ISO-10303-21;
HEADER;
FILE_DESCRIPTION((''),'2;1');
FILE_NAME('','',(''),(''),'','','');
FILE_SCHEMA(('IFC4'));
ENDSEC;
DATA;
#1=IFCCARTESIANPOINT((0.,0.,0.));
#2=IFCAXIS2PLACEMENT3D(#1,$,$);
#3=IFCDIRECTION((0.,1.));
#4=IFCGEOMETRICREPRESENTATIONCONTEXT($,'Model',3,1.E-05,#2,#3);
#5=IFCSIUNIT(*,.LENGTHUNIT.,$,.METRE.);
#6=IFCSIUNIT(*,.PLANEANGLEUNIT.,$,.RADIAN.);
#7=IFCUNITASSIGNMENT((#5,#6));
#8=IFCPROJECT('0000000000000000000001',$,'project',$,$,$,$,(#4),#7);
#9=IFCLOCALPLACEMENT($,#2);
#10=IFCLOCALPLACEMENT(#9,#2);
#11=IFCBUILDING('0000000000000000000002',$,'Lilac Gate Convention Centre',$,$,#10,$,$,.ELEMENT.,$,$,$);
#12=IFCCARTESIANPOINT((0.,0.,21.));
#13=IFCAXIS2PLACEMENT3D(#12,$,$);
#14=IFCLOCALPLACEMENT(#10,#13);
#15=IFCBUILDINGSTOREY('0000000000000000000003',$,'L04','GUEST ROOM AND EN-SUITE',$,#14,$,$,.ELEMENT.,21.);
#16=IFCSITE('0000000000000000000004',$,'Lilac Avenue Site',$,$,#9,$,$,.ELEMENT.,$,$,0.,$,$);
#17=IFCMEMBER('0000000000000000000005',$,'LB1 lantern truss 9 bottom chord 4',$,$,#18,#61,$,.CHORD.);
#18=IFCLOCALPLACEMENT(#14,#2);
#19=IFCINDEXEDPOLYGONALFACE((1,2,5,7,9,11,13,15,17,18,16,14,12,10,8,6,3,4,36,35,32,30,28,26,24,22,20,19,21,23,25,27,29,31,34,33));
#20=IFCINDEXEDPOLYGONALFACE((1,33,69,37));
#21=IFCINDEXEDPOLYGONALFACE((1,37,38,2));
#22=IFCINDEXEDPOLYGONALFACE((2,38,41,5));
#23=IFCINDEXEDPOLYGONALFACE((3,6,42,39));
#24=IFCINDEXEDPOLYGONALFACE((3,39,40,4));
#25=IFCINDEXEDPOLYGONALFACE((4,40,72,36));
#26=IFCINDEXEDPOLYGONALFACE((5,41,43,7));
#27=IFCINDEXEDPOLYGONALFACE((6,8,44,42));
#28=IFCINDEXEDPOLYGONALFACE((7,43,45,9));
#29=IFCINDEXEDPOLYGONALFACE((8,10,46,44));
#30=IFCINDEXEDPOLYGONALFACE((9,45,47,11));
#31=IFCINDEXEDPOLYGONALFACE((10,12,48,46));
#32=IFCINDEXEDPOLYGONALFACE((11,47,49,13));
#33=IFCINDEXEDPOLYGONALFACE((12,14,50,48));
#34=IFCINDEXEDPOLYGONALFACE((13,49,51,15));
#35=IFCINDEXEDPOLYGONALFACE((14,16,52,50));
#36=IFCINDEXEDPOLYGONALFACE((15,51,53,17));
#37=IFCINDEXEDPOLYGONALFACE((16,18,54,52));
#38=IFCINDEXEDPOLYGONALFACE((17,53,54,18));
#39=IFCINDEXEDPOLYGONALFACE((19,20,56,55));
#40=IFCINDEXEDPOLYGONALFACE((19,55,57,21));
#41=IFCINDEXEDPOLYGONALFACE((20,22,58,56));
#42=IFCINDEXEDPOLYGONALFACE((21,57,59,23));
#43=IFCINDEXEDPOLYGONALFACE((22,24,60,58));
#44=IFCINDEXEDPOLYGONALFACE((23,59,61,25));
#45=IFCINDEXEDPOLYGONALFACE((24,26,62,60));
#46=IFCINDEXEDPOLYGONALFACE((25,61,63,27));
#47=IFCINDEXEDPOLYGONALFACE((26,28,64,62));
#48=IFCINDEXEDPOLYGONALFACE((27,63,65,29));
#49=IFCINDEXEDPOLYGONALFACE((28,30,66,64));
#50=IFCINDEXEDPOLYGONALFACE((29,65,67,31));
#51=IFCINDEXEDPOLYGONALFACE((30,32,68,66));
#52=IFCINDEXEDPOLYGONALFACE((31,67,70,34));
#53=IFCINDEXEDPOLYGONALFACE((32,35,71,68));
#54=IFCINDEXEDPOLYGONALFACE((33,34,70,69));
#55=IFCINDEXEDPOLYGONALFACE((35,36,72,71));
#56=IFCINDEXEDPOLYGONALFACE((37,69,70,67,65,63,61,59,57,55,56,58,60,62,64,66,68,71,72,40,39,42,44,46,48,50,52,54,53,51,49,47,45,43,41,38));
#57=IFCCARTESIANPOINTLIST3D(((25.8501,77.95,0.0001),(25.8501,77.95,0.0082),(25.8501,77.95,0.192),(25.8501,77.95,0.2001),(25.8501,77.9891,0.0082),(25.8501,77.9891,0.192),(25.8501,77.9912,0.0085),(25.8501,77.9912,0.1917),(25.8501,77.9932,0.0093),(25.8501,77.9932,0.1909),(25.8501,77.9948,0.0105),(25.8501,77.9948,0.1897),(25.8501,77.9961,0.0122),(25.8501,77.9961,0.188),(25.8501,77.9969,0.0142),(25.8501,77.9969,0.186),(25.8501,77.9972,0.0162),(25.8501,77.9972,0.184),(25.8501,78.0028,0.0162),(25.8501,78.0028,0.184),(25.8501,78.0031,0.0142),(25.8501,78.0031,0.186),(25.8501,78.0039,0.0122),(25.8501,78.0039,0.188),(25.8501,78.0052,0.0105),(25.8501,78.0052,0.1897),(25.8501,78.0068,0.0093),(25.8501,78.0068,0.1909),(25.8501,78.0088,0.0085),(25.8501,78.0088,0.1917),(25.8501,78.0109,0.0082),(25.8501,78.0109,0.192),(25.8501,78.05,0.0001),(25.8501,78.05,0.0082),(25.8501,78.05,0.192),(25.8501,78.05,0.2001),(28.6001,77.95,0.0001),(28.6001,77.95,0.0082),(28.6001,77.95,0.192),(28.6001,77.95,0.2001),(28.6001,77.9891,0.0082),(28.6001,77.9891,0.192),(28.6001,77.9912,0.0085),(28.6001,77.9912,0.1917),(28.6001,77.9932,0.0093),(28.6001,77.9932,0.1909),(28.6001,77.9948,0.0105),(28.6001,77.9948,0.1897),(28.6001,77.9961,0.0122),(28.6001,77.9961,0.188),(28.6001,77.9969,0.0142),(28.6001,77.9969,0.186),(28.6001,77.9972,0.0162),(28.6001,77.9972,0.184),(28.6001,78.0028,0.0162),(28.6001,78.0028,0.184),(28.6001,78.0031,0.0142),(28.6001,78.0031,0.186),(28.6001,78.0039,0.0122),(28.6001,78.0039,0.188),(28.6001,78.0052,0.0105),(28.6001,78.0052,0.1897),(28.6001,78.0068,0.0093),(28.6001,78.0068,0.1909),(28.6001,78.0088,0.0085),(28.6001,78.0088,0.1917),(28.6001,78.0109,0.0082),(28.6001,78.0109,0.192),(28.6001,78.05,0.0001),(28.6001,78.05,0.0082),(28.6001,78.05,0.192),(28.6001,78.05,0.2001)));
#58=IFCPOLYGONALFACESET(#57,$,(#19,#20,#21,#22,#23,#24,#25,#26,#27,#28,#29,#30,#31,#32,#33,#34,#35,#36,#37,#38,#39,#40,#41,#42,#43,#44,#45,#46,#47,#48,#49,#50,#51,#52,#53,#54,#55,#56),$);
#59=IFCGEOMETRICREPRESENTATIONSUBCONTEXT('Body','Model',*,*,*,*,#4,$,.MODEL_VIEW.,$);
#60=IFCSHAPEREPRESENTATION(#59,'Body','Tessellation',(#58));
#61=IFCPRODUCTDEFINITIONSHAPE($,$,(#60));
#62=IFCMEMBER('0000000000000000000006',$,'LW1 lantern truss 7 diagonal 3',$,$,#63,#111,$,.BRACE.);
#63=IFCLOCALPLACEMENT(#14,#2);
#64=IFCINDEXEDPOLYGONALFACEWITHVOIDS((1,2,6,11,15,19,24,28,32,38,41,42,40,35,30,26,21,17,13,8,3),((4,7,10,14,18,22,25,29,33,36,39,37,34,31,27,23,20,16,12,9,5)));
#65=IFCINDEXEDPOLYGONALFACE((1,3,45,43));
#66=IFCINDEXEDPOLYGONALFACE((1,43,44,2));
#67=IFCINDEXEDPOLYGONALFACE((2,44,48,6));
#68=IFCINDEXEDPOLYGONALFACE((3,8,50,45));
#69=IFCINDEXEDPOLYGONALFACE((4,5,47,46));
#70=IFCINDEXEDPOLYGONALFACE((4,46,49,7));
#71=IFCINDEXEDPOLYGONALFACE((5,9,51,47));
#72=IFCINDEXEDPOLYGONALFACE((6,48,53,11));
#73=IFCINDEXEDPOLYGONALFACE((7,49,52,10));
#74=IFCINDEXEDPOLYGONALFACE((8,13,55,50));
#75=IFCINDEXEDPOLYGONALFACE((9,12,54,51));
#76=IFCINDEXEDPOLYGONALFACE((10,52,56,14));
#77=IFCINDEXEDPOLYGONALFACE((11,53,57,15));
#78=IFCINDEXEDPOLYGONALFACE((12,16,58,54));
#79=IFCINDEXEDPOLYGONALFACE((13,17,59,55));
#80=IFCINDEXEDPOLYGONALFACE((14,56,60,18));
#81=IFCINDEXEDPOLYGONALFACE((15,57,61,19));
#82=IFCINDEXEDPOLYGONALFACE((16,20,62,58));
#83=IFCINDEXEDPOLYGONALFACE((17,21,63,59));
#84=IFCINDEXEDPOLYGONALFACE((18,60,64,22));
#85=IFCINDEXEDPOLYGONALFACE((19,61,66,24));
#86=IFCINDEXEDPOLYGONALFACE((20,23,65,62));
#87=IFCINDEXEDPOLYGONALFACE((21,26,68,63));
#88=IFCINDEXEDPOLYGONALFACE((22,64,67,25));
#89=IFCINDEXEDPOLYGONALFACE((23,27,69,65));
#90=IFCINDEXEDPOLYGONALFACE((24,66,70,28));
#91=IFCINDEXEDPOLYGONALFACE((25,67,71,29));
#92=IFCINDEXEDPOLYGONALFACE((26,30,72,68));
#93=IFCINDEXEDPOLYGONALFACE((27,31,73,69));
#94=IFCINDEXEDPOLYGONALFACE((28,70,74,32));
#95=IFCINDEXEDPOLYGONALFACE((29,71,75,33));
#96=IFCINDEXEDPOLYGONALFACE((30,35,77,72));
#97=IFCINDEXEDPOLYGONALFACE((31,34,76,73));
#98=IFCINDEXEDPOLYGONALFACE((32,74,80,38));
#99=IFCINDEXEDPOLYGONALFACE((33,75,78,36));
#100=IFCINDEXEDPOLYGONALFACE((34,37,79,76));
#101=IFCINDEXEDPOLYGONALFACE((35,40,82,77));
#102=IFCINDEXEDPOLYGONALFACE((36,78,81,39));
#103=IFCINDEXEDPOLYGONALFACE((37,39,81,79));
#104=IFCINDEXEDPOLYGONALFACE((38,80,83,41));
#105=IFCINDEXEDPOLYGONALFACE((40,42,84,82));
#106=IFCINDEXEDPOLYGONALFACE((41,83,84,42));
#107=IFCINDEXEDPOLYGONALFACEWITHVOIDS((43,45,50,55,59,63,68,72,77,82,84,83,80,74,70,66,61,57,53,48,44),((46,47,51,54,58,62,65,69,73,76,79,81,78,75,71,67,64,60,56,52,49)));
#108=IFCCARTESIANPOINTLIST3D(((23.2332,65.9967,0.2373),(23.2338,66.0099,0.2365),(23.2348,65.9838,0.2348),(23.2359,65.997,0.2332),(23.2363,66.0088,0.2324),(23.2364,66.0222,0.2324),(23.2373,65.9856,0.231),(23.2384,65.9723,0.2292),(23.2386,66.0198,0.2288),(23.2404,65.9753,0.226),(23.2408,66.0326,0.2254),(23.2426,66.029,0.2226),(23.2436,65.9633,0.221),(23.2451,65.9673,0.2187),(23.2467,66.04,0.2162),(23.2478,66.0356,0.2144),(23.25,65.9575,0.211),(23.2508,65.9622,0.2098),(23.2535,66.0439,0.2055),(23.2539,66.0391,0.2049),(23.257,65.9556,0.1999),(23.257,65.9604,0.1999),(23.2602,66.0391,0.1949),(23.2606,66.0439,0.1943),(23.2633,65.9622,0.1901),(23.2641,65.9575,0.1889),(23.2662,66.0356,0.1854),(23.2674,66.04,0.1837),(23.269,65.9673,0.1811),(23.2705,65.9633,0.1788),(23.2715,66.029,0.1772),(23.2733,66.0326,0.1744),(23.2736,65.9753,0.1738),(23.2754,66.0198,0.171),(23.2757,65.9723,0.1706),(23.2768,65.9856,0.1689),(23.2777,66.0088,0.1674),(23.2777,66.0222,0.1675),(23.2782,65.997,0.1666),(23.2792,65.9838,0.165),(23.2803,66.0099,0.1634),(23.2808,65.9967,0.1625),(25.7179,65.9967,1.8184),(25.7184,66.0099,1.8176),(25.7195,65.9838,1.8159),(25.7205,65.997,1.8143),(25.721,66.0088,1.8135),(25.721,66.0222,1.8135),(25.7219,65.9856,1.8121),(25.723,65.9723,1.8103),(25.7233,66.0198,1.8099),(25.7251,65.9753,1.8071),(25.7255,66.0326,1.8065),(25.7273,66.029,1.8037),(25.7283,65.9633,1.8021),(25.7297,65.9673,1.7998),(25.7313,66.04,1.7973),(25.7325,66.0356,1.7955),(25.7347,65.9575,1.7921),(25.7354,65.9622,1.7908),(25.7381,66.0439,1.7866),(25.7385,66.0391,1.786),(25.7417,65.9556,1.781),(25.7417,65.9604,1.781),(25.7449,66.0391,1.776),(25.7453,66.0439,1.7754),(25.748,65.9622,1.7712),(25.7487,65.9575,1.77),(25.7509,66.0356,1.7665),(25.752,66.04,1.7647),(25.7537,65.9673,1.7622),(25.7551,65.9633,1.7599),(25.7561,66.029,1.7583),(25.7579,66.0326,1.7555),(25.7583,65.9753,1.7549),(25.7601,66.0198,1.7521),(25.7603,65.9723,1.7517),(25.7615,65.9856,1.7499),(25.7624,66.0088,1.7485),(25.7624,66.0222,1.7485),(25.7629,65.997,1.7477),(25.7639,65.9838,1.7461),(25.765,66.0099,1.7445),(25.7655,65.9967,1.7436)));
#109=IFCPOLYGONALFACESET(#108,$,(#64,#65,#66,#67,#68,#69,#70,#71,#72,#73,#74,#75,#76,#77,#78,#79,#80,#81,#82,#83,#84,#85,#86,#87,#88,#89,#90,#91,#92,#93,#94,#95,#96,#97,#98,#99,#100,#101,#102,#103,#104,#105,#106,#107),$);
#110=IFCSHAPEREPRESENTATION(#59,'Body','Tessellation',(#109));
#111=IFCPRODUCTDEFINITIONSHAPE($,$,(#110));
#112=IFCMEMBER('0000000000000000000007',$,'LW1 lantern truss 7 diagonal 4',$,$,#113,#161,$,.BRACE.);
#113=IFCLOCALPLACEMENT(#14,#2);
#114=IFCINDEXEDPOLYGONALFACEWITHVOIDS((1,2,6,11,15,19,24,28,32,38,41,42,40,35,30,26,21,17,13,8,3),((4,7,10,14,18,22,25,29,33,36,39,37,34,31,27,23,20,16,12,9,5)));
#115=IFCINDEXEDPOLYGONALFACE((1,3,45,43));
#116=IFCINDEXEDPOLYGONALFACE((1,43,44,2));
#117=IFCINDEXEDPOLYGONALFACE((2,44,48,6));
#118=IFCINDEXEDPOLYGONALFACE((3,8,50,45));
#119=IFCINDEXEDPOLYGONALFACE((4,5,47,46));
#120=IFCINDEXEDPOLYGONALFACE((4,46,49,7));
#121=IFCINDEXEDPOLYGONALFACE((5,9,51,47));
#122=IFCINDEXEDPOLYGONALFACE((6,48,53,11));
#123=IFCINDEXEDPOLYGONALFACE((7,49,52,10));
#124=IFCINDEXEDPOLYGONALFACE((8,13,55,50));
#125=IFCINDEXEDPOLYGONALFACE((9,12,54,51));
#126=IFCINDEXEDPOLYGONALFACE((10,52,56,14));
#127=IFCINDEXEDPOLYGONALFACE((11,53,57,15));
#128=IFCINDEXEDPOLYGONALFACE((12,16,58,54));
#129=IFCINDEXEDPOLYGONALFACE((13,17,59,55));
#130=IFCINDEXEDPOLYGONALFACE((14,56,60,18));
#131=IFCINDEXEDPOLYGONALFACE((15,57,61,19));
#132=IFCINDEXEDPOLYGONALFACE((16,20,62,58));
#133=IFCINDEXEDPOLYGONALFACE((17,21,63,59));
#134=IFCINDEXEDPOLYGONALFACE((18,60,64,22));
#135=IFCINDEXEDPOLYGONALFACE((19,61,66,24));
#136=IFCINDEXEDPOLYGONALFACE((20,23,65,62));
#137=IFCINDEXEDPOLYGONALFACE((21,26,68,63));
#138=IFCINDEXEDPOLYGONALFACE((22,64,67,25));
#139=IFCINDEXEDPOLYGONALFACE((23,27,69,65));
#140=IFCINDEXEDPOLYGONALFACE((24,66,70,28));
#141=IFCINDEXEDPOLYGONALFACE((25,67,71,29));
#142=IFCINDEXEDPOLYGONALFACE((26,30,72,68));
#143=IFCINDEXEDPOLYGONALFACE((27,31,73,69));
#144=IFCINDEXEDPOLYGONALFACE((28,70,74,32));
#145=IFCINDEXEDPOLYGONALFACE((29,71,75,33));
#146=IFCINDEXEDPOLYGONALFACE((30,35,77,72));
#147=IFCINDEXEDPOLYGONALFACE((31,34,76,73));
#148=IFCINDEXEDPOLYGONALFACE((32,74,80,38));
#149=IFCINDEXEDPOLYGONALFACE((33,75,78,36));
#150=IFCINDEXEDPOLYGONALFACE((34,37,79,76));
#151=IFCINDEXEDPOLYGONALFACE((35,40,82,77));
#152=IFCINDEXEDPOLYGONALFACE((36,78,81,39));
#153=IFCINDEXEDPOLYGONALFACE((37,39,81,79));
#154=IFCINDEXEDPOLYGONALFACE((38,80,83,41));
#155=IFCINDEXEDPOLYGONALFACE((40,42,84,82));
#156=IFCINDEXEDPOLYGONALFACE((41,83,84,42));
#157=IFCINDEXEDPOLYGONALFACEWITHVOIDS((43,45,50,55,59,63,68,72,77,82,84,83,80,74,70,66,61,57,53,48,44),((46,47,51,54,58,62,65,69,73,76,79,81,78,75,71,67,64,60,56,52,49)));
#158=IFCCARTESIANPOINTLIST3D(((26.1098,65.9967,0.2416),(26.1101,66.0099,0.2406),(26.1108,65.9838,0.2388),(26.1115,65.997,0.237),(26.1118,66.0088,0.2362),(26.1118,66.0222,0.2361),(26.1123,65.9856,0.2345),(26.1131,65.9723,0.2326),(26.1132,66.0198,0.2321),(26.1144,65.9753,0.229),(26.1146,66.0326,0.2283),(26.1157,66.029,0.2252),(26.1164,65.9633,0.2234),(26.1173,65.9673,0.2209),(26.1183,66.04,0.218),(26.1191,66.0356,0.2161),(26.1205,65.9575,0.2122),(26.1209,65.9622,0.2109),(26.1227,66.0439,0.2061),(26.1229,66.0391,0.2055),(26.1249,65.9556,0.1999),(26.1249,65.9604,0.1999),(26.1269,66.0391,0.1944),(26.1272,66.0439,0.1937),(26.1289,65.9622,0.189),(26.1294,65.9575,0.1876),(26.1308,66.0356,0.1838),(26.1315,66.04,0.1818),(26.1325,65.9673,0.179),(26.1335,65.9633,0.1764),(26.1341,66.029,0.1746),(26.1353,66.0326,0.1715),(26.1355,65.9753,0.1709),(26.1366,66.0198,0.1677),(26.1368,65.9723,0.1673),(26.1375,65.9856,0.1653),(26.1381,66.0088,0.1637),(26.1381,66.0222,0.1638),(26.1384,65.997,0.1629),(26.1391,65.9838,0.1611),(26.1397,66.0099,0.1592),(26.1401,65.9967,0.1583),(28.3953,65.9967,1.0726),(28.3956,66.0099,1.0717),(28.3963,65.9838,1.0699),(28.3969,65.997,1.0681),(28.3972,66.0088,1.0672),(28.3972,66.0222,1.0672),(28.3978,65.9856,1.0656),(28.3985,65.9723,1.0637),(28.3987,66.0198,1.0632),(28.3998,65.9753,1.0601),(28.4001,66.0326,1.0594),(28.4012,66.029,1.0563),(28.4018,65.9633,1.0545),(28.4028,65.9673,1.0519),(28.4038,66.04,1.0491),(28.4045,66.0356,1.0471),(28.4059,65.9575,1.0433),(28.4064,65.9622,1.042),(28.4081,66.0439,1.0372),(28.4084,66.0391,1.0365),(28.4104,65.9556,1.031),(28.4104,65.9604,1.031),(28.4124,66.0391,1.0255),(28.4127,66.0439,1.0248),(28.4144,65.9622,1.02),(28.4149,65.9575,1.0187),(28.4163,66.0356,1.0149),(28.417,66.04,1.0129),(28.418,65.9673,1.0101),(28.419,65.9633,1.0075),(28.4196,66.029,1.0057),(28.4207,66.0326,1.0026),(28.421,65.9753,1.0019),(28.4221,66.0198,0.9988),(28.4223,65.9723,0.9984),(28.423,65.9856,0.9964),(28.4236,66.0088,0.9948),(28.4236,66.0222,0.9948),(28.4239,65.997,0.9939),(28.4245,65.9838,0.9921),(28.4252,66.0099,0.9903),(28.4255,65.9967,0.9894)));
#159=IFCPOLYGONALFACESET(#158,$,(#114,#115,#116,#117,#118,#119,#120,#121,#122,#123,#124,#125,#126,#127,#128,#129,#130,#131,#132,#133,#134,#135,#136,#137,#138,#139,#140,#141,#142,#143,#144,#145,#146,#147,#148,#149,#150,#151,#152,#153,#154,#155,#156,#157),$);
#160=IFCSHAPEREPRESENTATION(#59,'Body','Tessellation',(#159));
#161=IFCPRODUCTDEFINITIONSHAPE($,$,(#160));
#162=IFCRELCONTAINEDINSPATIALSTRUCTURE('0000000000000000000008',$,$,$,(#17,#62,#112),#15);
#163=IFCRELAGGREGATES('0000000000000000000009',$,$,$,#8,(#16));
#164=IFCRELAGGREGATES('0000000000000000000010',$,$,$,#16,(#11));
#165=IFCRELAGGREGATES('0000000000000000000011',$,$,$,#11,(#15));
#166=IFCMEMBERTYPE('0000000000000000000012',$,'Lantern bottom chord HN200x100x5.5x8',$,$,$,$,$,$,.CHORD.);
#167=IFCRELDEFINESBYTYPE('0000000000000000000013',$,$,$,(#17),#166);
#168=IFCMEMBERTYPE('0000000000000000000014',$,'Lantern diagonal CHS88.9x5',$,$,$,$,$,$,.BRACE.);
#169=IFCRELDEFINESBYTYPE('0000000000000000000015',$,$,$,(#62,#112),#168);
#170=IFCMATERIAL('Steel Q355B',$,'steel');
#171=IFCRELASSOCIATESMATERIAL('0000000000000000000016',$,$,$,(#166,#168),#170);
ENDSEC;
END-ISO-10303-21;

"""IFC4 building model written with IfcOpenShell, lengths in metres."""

from ifc_helpers import new_model, si_unit, direction, frame, origin, origin_2d, place, context, subcontext, project, spatial, hollow_circle, i_section, extrude, material, material_profile, profile_set, type_object, element, save


model = new_model("IFC4")

# Units and contexts
model_context = context("Model", 3, precision=1e-05, world=origin(), true_north=direction((0.0, 1.0)))
body_context = subcontext(model_context, "Body", "Model", "MODEL_VIEW")
ifc_project = project(units=[si_unit("LENGTHUNIT", "METRE"), si_unit("PLANEANGLEUNIT", "RADIAN")], contexts=[model_context])

# Site, building, storey
site_placement = place(None, origin())
site = spatial("IfcSite", under=ifc_project, at=site_placement, Name="Lilac Avenue Site", CompositionType="ELEMENT", RefElevation=0.0)
building_placement = place(site_placement, origin())
building = spatial("IfcBuilding", under=site, at=building_placement, Name="Lilac Gate Convention Centre", CompositionType="ELEMENT")
storey_placement = place(building_placement, frame((0.0, 0.0, 21.0)))
storey = spatial("IfcBuildingStorey", under=building, at=storey_placement, Name="L04", Description="GUEST ROOM AND EN-SUITE", CompositionType="ELEMENT", Elevation=21.0)

# Members
ifc_material_1 = material(Name="Steel Q355B", Category="steel")
ifc_material_profile_1 = material_profile(ifc_material_1, i_section(OverallWidth=0.1001, OverallDepth=0.2, WebThickness=0.0056, FlangeThickness=0.0081, FilletRadius=0.0081, at=origin_2d()), Name="HN200x100x5.5x8")
ifc_profile_set_1 = profile_set([ifc_material_profile_1], Name="Steel Q355B")
member_type_1 = type_object("IfcMemberType", Name="Lantern bottom chord HN200x100x5.5x8", PredefinedType="CHORD", material=ifc_profile_set_1)
for number, where, z_axis, x_axis, name in (
    (1, (25.8501, 78.0, 0.1001), (1.0, 0.0, 0.0), (0.0, 1.0, 0.0), "LB1 lantern truss 9 bottom chord 4"),
):
    element("IfcMember", number, at=place(storey_placement, frame(where, z_axis=z_axis, x_axis=x_axis)), inside=storey, type_object=member_type_1, Name=name, PredefinedType="CHORD", context=body_context, shape_type="SweptSolid", body=[
        extrude(i_section(OverallWidth=0.1001, OverallDepth=0.2, WebThickness=0.0056, FlangeThickness=0.0081, FilletRadius=0.0081, at=origin_2d()), origin(), (0.0, 0.0, 1.0), 2.75),
    ])
ifc_material_profile_2 = material_profile(ifc_material_1, hollow_circle(Radius=0.0444, WallThickness=0.0049, at=origin_2d()), Name="CHS88.9x5")
ifc_profile_set_2 = profile_set([ifc_material_profile_2], Name="Steel Q355B")
member_type_2 = type_object("IfcMemberType", Name="Lantern diagonal CHS88.9x5", PredefinedType="BRACE", material=ifc_profile_set_2)
member_1_placement = place(storey_placement, frame((25.7417, 66.0, 1.781), z_axis=(-0.843672, 0.0, -0.536859), x_axis=(0.0, -1.0, 0.0)))
element("IfcMember", 2, at=member_1_placement, inside=storey, type_object=member_type_2, Name="LW1 lantern truss 7 diagonal 3", PredefinedType="BRACE", context=body_context, shape_type="SweptSolid", body=[
    extrude(hollow_circle(Radius=0.0444, WallThickness=0.0049, at=origin_2d()), origin(), (0.0, 0.0, 1.0), 2.9451),
])
member_2_placement = place(storey_placement, frame((28.4104, 66.0, 1.031), z_axis=(-0.939793, 0.0, -0.341743), x_axis=(0.0, -1.0, 0.0)))
element("IfcMember", 3, at=member_2_placement, inside=storey, type_object=member_type_2, Name="LW1 lantern truss 7 diagonal 4", PredefinedType="BRACE", context=body_context, shape_type="SweptSolid", body=[
    extrude(hollow_circle(Radius=0.0444, WallThickness=0.0049, at=origin_2d()), origin(), (0.0, 0.0, 1.0), 2.4319),
])

save(model, "model.ifc")
